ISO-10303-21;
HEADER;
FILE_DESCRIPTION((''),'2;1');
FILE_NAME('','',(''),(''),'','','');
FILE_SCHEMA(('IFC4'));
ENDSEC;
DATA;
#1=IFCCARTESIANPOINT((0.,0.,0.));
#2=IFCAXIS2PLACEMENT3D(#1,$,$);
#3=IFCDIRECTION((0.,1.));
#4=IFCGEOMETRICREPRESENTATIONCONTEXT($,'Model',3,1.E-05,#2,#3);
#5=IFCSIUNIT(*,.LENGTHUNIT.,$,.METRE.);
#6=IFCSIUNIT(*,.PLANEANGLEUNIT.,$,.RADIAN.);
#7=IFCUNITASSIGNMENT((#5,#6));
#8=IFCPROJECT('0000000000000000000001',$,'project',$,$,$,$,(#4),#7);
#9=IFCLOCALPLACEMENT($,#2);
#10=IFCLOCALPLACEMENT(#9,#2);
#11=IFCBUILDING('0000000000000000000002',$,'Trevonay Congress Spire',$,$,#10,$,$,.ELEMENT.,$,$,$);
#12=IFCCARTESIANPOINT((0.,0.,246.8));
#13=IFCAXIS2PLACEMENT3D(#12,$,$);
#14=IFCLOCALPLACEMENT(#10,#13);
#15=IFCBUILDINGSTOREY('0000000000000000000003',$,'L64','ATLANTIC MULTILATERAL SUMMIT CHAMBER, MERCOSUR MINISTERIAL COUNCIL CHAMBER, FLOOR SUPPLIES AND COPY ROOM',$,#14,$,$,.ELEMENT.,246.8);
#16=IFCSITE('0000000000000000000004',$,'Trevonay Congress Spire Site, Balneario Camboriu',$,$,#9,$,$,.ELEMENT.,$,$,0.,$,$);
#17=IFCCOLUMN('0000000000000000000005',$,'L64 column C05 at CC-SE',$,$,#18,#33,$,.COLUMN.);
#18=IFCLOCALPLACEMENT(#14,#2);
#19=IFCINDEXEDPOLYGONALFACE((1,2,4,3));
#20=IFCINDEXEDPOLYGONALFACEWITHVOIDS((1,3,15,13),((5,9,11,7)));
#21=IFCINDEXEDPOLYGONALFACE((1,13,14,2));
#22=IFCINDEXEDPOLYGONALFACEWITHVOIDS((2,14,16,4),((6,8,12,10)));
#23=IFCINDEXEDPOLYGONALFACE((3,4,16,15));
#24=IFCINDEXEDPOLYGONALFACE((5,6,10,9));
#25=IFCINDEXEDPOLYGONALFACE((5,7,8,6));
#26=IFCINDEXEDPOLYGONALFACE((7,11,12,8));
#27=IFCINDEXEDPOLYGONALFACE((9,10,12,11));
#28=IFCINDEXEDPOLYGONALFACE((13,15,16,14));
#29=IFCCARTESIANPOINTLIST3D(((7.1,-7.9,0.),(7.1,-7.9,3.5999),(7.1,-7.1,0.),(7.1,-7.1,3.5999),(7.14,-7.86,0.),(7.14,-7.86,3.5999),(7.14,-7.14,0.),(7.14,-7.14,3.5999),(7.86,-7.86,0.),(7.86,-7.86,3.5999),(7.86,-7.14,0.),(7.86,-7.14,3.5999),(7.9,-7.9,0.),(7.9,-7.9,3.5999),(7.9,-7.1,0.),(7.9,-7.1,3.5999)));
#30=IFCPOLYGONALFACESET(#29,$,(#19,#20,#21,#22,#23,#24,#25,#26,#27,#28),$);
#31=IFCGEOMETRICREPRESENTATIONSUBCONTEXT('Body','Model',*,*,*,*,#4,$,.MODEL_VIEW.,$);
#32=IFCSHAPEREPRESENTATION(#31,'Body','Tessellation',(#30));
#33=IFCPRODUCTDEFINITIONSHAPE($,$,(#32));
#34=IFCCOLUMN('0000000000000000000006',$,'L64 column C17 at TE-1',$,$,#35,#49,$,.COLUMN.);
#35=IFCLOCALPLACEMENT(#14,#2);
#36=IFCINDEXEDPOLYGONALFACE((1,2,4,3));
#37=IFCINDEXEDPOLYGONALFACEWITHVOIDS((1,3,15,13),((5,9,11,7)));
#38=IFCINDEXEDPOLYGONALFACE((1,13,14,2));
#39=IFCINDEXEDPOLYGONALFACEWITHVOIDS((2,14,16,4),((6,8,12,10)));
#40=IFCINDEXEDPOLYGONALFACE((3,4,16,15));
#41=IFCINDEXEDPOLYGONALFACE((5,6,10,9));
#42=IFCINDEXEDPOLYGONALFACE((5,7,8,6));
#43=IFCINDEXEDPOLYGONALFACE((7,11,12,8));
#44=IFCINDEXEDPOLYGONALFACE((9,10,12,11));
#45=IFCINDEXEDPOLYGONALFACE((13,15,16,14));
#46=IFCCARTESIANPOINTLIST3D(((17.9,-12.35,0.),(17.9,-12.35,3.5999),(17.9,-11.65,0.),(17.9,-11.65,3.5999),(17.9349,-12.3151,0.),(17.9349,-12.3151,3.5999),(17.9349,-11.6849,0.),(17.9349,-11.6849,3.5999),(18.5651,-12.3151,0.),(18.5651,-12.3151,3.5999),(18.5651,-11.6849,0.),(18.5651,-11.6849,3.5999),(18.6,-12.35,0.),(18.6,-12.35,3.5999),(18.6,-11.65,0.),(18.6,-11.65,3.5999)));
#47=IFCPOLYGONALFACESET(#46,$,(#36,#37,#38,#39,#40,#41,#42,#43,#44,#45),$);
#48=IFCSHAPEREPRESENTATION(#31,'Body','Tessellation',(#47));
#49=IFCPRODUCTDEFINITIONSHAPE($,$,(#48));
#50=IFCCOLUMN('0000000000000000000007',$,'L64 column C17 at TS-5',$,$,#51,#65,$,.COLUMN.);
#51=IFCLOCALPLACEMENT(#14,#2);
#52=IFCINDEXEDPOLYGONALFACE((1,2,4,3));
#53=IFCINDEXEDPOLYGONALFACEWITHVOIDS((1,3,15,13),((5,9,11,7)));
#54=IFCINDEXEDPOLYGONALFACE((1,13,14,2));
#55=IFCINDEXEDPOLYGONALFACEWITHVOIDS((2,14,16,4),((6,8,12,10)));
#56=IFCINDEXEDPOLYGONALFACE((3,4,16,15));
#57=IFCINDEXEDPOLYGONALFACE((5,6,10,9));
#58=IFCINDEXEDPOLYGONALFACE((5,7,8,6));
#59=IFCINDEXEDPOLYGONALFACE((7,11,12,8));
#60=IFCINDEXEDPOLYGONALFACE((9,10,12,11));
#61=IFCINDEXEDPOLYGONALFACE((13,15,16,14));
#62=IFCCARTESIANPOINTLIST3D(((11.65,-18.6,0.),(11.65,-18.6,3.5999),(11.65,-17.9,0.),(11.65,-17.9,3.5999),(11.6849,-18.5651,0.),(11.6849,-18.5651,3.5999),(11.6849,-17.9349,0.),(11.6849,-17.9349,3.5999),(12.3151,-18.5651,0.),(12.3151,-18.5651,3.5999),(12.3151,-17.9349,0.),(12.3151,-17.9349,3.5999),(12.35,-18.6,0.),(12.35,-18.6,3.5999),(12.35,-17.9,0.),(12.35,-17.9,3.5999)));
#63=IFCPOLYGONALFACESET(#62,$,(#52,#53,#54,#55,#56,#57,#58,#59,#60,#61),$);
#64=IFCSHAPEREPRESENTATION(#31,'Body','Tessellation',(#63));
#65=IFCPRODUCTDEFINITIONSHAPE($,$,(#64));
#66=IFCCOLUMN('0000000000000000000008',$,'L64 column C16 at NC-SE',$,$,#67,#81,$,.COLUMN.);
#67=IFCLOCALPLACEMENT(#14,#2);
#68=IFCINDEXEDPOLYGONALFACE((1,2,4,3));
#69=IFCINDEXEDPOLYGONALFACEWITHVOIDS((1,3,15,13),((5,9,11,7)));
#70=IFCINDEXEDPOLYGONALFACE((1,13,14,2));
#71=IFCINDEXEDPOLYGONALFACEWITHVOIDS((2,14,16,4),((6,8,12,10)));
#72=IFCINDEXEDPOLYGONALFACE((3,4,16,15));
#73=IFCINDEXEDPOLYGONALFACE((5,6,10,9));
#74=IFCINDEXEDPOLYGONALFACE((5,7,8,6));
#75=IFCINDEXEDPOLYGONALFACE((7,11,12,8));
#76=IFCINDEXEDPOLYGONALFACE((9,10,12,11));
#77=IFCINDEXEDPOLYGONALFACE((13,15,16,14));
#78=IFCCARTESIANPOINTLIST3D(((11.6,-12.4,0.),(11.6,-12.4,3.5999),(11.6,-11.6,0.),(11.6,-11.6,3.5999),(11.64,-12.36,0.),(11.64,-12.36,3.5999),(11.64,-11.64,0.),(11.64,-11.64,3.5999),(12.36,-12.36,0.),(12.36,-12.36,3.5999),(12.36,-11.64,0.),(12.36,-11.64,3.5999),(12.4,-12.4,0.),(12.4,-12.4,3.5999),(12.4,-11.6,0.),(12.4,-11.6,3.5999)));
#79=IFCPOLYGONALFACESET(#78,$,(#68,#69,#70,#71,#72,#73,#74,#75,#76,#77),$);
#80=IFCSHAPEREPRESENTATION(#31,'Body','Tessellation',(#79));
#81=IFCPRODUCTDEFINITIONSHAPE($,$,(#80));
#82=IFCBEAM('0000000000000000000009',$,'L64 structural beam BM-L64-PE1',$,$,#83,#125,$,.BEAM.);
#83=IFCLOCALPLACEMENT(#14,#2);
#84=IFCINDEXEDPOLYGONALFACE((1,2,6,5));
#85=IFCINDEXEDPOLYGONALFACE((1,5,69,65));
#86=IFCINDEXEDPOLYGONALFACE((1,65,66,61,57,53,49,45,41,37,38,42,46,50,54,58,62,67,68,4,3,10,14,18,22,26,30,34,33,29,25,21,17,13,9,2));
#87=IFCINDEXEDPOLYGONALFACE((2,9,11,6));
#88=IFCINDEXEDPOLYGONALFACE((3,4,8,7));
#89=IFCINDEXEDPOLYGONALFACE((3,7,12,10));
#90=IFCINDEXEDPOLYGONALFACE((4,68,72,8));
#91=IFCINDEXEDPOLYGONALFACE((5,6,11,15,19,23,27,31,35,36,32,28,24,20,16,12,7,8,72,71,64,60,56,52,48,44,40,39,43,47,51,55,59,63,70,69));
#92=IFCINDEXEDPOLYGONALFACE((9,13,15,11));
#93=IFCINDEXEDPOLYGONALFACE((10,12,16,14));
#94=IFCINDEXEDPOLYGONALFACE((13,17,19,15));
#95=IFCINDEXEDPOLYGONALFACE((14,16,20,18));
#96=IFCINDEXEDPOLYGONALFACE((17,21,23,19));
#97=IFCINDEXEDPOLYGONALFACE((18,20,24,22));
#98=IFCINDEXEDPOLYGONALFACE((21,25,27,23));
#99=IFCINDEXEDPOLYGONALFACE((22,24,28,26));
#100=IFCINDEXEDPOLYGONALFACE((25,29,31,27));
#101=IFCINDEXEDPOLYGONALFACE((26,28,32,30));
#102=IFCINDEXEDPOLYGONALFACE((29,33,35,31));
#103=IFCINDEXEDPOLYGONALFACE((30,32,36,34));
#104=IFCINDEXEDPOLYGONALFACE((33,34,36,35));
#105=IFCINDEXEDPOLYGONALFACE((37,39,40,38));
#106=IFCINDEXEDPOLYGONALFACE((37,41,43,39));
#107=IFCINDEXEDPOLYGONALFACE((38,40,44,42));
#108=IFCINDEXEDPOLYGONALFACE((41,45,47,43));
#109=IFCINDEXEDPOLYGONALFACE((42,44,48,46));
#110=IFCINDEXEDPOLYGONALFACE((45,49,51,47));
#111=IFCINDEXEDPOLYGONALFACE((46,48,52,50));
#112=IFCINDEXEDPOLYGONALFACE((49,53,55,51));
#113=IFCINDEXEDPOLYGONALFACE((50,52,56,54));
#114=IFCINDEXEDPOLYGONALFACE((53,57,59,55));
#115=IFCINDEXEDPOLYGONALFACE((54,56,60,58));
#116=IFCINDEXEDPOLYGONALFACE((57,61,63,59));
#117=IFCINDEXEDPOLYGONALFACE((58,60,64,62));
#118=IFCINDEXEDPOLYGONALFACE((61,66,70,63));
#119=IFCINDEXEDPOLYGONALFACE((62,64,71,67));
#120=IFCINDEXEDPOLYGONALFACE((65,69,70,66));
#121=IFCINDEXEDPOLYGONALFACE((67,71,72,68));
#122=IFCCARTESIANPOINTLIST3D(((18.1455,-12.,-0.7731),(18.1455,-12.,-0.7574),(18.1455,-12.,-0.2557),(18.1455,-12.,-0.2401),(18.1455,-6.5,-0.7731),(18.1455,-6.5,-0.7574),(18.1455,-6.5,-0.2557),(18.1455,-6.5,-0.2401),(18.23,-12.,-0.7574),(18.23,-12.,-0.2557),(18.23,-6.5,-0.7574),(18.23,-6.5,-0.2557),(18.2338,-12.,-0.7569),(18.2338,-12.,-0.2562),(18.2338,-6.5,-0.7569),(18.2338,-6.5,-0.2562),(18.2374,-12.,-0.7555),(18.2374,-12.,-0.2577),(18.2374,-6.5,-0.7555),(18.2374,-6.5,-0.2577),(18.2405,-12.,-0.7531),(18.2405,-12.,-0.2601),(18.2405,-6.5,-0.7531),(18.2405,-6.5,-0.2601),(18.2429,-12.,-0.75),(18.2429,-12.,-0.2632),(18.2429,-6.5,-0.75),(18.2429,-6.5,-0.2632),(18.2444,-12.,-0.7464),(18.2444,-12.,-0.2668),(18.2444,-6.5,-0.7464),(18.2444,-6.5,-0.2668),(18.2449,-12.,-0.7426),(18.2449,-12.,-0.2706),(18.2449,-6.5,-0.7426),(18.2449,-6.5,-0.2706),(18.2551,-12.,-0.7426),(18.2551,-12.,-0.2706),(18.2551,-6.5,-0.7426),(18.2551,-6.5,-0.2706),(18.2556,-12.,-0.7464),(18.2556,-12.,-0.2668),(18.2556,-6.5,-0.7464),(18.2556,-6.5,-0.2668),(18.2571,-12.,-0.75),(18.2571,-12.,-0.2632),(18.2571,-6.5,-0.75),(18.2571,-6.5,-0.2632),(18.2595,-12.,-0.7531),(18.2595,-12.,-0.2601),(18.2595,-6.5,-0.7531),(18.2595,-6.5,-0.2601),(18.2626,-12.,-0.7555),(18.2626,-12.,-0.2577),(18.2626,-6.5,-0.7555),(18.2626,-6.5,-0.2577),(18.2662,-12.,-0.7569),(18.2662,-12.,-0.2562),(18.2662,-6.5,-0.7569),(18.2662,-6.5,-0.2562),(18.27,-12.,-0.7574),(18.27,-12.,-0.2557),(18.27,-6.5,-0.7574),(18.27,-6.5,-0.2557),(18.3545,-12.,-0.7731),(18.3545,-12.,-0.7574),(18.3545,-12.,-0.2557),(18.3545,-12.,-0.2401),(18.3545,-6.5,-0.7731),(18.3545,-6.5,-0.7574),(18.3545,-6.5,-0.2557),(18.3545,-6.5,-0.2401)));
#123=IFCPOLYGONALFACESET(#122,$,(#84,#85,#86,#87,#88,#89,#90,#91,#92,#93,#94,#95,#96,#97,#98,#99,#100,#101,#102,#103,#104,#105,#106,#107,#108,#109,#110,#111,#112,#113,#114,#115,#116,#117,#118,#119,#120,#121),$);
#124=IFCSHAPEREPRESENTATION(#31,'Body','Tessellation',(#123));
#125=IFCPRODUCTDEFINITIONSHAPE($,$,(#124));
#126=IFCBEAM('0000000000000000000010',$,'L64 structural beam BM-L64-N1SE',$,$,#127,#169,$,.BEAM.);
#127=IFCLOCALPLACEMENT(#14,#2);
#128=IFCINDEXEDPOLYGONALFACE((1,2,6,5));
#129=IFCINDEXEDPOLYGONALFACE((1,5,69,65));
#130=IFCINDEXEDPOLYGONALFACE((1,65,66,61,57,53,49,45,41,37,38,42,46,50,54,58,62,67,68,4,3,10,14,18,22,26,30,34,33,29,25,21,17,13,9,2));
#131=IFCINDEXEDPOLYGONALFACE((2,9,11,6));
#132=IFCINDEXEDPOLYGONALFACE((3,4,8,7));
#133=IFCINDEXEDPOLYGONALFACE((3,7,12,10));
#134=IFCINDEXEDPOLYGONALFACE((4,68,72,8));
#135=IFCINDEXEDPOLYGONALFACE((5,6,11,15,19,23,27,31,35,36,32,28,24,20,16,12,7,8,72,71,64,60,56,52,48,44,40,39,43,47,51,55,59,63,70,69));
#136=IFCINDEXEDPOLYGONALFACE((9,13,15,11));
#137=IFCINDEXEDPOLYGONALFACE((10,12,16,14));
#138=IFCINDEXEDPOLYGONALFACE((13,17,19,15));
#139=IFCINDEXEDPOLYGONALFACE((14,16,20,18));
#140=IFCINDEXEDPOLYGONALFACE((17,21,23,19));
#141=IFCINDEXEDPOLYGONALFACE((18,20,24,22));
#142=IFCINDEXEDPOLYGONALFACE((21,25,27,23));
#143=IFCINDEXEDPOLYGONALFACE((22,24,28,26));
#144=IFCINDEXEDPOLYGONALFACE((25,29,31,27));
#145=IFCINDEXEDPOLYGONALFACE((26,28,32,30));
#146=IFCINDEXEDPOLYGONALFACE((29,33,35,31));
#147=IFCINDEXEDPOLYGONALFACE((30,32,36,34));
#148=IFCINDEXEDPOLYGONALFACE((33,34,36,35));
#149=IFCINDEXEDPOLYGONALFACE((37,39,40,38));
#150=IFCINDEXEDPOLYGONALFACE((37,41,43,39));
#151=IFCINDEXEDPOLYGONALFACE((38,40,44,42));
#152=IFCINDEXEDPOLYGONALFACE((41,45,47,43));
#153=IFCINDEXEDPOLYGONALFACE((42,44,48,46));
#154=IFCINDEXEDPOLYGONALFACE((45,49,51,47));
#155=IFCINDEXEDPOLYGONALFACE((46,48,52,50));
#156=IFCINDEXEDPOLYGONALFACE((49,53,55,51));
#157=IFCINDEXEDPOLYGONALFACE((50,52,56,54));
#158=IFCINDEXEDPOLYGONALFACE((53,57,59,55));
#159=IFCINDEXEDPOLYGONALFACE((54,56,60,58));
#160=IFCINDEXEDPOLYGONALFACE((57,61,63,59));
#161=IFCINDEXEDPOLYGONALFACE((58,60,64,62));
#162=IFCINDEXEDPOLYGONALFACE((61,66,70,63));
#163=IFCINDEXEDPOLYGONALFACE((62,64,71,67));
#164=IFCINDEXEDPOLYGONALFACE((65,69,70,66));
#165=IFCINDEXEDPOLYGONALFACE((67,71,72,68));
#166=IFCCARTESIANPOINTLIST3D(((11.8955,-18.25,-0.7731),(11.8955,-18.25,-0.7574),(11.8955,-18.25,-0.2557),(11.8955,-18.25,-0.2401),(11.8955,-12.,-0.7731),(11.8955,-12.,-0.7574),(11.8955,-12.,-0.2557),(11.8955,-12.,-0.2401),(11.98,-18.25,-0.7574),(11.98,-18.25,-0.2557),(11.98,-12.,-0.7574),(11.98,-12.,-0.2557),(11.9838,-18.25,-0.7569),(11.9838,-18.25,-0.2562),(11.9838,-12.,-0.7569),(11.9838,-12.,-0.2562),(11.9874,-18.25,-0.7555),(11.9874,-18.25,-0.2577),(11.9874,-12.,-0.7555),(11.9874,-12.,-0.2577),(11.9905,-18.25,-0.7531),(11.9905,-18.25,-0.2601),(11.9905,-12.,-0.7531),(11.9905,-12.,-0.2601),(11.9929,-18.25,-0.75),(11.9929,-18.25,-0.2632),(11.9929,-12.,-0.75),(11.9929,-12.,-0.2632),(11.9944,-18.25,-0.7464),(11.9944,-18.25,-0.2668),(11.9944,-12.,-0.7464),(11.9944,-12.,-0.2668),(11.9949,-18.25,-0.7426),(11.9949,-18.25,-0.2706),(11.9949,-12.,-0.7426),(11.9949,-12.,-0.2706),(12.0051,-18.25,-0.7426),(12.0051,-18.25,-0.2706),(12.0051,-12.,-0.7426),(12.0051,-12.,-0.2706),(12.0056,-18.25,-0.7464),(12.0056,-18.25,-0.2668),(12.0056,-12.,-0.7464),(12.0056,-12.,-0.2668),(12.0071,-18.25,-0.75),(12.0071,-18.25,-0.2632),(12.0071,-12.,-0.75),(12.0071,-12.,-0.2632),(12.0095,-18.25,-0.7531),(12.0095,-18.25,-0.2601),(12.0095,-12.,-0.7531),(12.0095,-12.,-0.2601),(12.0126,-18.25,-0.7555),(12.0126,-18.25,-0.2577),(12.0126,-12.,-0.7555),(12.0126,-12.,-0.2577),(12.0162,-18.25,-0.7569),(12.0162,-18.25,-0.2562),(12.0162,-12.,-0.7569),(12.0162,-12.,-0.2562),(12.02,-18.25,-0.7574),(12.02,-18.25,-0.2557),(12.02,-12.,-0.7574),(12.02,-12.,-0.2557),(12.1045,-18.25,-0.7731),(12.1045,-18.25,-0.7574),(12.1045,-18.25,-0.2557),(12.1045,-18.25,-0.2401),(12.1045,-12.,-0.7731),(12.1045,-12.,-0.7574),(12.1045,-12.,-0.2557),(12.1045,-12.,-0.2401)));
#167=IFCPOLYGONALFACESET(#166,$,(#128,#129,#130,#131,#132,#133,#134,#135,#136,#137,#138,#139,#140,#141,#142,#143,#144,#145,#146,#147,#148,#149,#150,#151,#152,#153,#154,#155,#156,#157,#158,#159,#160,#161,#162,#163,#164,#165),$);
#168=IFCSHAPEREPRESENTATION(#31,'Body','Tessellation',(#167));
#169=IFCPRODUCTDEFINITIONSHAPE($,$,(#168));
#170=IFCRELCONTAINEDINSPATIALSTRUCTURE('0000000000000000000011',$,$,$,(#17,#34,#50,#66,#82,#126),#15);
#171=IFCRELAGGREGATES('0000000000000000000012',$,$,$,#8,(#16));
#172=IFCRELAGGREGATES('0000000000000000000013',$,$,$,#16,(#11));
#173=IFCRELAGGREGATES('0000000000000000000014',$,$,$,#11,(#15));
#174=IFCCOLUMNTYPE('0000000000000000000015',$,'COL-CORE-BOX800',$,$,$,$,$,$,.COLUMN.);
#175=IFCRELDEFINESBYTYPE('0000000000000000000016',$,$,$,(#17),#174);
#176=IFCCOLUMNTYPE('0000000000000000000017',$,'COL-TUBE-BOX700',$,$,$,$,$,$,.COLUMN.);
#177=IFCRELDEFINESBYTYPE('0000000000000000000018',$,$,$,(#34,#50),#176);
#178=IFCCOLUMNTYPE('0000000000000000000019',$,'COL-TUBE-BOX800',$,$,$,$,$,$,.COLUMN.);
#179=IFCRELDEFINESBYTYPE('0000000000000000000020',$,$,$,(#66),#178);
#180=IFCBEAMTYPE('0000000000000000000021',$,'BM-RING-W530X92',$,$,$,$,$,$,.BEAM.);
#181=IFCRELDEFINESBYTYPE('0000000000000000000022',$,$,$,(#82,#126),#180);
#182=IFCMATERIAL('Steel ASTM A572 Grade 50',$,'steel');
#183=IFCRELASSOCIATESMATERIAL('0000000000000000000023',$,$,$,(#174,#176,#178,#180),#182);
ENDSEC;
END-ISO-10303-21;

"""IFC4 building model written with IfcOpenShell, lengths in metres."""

from ifc_helpers import new_model, si_unit, direction, frame, origin, origin_2d, place, context, subcontext, project, spatial, hollow_rectangle, i_section, extrude, material, material_profile, profile_set, type_object, element, save


model = new_model("IFC4")

# Units and contexts
model_context = context("Model", 3, precision=1e-05, world=origin(), true_north=direction((0.0, 1.0)))
body_context = subcontext(model_context, "Body", "Model", "MODEL_VIEW")
ifc_project = project(units=[si_unit("LENGTHUNIT", "METRE"), si_unit("PLANEANGLEUNIT", "RADIAN")], contexts=[model_context])

# Site, building, storey
site_placement = place(None, origin())
site = spatial("IfcSite", under=ifc_project, at=site_placement, Name="Trevonay Congress Spire Site, Balneario Camboriu", CompositionType="ELEMENT", RefElevation=0.0)
building_placement = place(site_placement, origin())
building = spatial("IfcBuilding", under=site, at=building_placement, Name="Trevonay Congress Spire", CompositionType="ELEMENT")
storey_placement = place(building_placement, frame((0.0, 0.0, 246.8)))
storey = spatial("IfcBuildingStorey", under=building, at=storey_placement, Name="L64", Description="ATLANTIC MULTILATERAL SUMMIT CHAMBER, MERCOSUR MINISTERIAL COUNCIL CHAMBER, FLOOR SUPPLIES AND COPY ROOM", CompositionType="ELEMENT", Elevation=246.8)

# Columns
ifc_material_1 = material(Name="Steel ASTM A572 Grade 50", Category="steel")
ifc_material_profile_1 = material_profile(ifc_material_1, hollow_rectangle(XDim=0.8, YDim=0.8, WallThickness=0.04, at=origin_2d()), Name="BOX 800x800x40")
ifc_profile_set_1 = profile_set([ifc_material_profile_1], Name="Steel ASTM A572 Grade 50")
column_type_1 = type_object("IfcColumnType", Name="COL-CORE-BOX800", PredefinedType="COLUMN", material=ifc_profile_set_1)
column_1_placement = place(storey_placement, frame((7.5, -7.5, 0.0), z_axis=(0.0, 0.0, 1.0), x_axis=(1.0, 0.0, 0.0)))
element("IfcColumn", 1, at=column_1_placement, inside=storey, type_object=column_type_1, Name="L64 column C05 at CC-SE", PredefinedType="COLUMN", context=body_context, shape_type="SweptSolid", body=[
    extrude(hollow_rectangle(XDim=0.8, YDim=0.8, WallThickness=0.04, at=origin_2d()), origin(), (0.0, 0.0, 1.0), 3.5999),
])
ifc_material_profile_2 = material_profile(ifc_material_1, hollow_rectangle(XDim=0.7, YDim=0.7, WallThickness=0.0349, at=origin_2d()), Name="BOX 700x700x35")
ifc_profile_set_2 = profile_set([ifc_material_profile_2], Name="Steel ASTM A572 Grade 50")
column_type_2 = type_object("IfcColumnType", Name="COL-TUBE-BOX700", PredefinedType="COLUMN", material=ifc_profile_set_2)
for number, where, z_axis, x_axis, name in (
    (2, (18.25, -12.0, 0.0), (0.0, 0.0, 1.0), (1.0, 0.0, 0.0), "L64 column C17 at TE-1"),
    (3, (12.0, -18.25, 0.0), (0.0, 0.0, 1.0), (1.0, 0.0, 0.0), "L64 column C17 at TS-5"),
):
    element("IfcColumn", number, at=place(storey_placement, frame(where, z_axis=z_axis, x_axis=x_axis)), inside=storey, type_object=column_type_2, Name=name, PredefinedType="COLUMN", context=body_context, shape_type="SweptSolid", body=[
        extrude(hollow_rectangle(XDim=0.7, YDim=0.7, WallThickness=0.0349, at=origin_2d()), origin(), (0.0, 0.0, 1.0), 3.5999),
    ])
ifc_material_profile_3 = material_profile(ifc_material_1, hollow_rectangle(XDim=0.8, YDim=0.8, WallThickness=0.04, at=origin_2d()), Name="BOX 800x800x40")
ifc_profile_set_3 = profile_set([ifc_material_profile_3], Name="Steel ASTM A572 Grade 50")
column_type_3 = type_object("IfcColumnType", Name="COL-TUBE-BOX800", PredefinedType="COLUMN", material=ifc_profile_set_3)
column_2_placement = place(storey_placement, frame((12.0, -12.0, 0.0), z_axis=(0.0, 0.0, 1.0), x_axis=(1.0, 0.0, 0.0)))
element("IfcColumn", 4, at=column_2_placement, inside=storey, type_object=column_type_3, Name="L64 column C16 at NC-SE", PredefinedType="COLUMN", context=body_context, shape_type="SweptSolid", body=[
    extrude(hollow_rectangle(XDim=0.8, YDim=0.8, WallThickness=0.04, at=origin_2d()), origin(), (0.0, 0.0, 1.0), 3.5999),
])

# Beams
ifc_material_profile_4 = material_profile(ifc_material_1, i_section(OverallWidth=0.209, OverallDepth=0.533, WebThickness=0.0103, FlangeThickness=0.0156, FilletRadius=0.0149, at=origin_2d()), Name="W530x92")
ifc_profile_set_4 = profile_set([ifc_material_profile_4], Name="Steel ASTM A572 Grade 50")
beam_type = type_object("IfcBeamType", Name="BM-RING-W530X92", PredefinedType="BEAM", material=ifc_profile_set_4)
beam_placement = place(storey_placement, frame((18.25, -12.0, -0.5066), z_axis=(0.0, 1.0, 0.0), x_axis=(-1.0, 0.0, 0.0)))
element("IfcBeam", 5, at=beam_placement, inside=storey, type_object=beam_type, Name="L64 structural beam BM-L64-PE1", PredefinedType="BEAM", context=body_context, shape_type="SweptSolid", body=[
    extrude(i_section(OverallWidth=0.209, OverallDepth=0.533, WebThickness=0.0103, FlangeThickness=0.0156, FilletRadius=0.0149, at=origin_2d()), origin(), (0.0, 0.0, 1.0), 5.5),
])
for number, where, z_axis, x_axis, name in (
    (6, (12.0, -18.25, -0.5066), (0.0, 1.0, 0.0), (-1.0, 0.0, 0.0), "L64 structural beam BM-L64-N1SE"),
):
    element("IfcBeam", number, at=place(storey_placement, frame(where, z_axis=z_axis, x_axis=x_axis)), inside=storey, type_object=beam_type, Name=name, PredefinedType="BEAM", context=body_context, shape_type="SweptSolid", body=[
        extrude(i_section(OverallWidth=0.209, OverallDepth=0.533, WebThickness=0.0103, FlangeThickness=0.0156, FilletRadius=0.0149, at=origin_2d()), origin(), (0.0, 0.0, 1.0), 6.25),
    ])

save(model, "model.ifc")
